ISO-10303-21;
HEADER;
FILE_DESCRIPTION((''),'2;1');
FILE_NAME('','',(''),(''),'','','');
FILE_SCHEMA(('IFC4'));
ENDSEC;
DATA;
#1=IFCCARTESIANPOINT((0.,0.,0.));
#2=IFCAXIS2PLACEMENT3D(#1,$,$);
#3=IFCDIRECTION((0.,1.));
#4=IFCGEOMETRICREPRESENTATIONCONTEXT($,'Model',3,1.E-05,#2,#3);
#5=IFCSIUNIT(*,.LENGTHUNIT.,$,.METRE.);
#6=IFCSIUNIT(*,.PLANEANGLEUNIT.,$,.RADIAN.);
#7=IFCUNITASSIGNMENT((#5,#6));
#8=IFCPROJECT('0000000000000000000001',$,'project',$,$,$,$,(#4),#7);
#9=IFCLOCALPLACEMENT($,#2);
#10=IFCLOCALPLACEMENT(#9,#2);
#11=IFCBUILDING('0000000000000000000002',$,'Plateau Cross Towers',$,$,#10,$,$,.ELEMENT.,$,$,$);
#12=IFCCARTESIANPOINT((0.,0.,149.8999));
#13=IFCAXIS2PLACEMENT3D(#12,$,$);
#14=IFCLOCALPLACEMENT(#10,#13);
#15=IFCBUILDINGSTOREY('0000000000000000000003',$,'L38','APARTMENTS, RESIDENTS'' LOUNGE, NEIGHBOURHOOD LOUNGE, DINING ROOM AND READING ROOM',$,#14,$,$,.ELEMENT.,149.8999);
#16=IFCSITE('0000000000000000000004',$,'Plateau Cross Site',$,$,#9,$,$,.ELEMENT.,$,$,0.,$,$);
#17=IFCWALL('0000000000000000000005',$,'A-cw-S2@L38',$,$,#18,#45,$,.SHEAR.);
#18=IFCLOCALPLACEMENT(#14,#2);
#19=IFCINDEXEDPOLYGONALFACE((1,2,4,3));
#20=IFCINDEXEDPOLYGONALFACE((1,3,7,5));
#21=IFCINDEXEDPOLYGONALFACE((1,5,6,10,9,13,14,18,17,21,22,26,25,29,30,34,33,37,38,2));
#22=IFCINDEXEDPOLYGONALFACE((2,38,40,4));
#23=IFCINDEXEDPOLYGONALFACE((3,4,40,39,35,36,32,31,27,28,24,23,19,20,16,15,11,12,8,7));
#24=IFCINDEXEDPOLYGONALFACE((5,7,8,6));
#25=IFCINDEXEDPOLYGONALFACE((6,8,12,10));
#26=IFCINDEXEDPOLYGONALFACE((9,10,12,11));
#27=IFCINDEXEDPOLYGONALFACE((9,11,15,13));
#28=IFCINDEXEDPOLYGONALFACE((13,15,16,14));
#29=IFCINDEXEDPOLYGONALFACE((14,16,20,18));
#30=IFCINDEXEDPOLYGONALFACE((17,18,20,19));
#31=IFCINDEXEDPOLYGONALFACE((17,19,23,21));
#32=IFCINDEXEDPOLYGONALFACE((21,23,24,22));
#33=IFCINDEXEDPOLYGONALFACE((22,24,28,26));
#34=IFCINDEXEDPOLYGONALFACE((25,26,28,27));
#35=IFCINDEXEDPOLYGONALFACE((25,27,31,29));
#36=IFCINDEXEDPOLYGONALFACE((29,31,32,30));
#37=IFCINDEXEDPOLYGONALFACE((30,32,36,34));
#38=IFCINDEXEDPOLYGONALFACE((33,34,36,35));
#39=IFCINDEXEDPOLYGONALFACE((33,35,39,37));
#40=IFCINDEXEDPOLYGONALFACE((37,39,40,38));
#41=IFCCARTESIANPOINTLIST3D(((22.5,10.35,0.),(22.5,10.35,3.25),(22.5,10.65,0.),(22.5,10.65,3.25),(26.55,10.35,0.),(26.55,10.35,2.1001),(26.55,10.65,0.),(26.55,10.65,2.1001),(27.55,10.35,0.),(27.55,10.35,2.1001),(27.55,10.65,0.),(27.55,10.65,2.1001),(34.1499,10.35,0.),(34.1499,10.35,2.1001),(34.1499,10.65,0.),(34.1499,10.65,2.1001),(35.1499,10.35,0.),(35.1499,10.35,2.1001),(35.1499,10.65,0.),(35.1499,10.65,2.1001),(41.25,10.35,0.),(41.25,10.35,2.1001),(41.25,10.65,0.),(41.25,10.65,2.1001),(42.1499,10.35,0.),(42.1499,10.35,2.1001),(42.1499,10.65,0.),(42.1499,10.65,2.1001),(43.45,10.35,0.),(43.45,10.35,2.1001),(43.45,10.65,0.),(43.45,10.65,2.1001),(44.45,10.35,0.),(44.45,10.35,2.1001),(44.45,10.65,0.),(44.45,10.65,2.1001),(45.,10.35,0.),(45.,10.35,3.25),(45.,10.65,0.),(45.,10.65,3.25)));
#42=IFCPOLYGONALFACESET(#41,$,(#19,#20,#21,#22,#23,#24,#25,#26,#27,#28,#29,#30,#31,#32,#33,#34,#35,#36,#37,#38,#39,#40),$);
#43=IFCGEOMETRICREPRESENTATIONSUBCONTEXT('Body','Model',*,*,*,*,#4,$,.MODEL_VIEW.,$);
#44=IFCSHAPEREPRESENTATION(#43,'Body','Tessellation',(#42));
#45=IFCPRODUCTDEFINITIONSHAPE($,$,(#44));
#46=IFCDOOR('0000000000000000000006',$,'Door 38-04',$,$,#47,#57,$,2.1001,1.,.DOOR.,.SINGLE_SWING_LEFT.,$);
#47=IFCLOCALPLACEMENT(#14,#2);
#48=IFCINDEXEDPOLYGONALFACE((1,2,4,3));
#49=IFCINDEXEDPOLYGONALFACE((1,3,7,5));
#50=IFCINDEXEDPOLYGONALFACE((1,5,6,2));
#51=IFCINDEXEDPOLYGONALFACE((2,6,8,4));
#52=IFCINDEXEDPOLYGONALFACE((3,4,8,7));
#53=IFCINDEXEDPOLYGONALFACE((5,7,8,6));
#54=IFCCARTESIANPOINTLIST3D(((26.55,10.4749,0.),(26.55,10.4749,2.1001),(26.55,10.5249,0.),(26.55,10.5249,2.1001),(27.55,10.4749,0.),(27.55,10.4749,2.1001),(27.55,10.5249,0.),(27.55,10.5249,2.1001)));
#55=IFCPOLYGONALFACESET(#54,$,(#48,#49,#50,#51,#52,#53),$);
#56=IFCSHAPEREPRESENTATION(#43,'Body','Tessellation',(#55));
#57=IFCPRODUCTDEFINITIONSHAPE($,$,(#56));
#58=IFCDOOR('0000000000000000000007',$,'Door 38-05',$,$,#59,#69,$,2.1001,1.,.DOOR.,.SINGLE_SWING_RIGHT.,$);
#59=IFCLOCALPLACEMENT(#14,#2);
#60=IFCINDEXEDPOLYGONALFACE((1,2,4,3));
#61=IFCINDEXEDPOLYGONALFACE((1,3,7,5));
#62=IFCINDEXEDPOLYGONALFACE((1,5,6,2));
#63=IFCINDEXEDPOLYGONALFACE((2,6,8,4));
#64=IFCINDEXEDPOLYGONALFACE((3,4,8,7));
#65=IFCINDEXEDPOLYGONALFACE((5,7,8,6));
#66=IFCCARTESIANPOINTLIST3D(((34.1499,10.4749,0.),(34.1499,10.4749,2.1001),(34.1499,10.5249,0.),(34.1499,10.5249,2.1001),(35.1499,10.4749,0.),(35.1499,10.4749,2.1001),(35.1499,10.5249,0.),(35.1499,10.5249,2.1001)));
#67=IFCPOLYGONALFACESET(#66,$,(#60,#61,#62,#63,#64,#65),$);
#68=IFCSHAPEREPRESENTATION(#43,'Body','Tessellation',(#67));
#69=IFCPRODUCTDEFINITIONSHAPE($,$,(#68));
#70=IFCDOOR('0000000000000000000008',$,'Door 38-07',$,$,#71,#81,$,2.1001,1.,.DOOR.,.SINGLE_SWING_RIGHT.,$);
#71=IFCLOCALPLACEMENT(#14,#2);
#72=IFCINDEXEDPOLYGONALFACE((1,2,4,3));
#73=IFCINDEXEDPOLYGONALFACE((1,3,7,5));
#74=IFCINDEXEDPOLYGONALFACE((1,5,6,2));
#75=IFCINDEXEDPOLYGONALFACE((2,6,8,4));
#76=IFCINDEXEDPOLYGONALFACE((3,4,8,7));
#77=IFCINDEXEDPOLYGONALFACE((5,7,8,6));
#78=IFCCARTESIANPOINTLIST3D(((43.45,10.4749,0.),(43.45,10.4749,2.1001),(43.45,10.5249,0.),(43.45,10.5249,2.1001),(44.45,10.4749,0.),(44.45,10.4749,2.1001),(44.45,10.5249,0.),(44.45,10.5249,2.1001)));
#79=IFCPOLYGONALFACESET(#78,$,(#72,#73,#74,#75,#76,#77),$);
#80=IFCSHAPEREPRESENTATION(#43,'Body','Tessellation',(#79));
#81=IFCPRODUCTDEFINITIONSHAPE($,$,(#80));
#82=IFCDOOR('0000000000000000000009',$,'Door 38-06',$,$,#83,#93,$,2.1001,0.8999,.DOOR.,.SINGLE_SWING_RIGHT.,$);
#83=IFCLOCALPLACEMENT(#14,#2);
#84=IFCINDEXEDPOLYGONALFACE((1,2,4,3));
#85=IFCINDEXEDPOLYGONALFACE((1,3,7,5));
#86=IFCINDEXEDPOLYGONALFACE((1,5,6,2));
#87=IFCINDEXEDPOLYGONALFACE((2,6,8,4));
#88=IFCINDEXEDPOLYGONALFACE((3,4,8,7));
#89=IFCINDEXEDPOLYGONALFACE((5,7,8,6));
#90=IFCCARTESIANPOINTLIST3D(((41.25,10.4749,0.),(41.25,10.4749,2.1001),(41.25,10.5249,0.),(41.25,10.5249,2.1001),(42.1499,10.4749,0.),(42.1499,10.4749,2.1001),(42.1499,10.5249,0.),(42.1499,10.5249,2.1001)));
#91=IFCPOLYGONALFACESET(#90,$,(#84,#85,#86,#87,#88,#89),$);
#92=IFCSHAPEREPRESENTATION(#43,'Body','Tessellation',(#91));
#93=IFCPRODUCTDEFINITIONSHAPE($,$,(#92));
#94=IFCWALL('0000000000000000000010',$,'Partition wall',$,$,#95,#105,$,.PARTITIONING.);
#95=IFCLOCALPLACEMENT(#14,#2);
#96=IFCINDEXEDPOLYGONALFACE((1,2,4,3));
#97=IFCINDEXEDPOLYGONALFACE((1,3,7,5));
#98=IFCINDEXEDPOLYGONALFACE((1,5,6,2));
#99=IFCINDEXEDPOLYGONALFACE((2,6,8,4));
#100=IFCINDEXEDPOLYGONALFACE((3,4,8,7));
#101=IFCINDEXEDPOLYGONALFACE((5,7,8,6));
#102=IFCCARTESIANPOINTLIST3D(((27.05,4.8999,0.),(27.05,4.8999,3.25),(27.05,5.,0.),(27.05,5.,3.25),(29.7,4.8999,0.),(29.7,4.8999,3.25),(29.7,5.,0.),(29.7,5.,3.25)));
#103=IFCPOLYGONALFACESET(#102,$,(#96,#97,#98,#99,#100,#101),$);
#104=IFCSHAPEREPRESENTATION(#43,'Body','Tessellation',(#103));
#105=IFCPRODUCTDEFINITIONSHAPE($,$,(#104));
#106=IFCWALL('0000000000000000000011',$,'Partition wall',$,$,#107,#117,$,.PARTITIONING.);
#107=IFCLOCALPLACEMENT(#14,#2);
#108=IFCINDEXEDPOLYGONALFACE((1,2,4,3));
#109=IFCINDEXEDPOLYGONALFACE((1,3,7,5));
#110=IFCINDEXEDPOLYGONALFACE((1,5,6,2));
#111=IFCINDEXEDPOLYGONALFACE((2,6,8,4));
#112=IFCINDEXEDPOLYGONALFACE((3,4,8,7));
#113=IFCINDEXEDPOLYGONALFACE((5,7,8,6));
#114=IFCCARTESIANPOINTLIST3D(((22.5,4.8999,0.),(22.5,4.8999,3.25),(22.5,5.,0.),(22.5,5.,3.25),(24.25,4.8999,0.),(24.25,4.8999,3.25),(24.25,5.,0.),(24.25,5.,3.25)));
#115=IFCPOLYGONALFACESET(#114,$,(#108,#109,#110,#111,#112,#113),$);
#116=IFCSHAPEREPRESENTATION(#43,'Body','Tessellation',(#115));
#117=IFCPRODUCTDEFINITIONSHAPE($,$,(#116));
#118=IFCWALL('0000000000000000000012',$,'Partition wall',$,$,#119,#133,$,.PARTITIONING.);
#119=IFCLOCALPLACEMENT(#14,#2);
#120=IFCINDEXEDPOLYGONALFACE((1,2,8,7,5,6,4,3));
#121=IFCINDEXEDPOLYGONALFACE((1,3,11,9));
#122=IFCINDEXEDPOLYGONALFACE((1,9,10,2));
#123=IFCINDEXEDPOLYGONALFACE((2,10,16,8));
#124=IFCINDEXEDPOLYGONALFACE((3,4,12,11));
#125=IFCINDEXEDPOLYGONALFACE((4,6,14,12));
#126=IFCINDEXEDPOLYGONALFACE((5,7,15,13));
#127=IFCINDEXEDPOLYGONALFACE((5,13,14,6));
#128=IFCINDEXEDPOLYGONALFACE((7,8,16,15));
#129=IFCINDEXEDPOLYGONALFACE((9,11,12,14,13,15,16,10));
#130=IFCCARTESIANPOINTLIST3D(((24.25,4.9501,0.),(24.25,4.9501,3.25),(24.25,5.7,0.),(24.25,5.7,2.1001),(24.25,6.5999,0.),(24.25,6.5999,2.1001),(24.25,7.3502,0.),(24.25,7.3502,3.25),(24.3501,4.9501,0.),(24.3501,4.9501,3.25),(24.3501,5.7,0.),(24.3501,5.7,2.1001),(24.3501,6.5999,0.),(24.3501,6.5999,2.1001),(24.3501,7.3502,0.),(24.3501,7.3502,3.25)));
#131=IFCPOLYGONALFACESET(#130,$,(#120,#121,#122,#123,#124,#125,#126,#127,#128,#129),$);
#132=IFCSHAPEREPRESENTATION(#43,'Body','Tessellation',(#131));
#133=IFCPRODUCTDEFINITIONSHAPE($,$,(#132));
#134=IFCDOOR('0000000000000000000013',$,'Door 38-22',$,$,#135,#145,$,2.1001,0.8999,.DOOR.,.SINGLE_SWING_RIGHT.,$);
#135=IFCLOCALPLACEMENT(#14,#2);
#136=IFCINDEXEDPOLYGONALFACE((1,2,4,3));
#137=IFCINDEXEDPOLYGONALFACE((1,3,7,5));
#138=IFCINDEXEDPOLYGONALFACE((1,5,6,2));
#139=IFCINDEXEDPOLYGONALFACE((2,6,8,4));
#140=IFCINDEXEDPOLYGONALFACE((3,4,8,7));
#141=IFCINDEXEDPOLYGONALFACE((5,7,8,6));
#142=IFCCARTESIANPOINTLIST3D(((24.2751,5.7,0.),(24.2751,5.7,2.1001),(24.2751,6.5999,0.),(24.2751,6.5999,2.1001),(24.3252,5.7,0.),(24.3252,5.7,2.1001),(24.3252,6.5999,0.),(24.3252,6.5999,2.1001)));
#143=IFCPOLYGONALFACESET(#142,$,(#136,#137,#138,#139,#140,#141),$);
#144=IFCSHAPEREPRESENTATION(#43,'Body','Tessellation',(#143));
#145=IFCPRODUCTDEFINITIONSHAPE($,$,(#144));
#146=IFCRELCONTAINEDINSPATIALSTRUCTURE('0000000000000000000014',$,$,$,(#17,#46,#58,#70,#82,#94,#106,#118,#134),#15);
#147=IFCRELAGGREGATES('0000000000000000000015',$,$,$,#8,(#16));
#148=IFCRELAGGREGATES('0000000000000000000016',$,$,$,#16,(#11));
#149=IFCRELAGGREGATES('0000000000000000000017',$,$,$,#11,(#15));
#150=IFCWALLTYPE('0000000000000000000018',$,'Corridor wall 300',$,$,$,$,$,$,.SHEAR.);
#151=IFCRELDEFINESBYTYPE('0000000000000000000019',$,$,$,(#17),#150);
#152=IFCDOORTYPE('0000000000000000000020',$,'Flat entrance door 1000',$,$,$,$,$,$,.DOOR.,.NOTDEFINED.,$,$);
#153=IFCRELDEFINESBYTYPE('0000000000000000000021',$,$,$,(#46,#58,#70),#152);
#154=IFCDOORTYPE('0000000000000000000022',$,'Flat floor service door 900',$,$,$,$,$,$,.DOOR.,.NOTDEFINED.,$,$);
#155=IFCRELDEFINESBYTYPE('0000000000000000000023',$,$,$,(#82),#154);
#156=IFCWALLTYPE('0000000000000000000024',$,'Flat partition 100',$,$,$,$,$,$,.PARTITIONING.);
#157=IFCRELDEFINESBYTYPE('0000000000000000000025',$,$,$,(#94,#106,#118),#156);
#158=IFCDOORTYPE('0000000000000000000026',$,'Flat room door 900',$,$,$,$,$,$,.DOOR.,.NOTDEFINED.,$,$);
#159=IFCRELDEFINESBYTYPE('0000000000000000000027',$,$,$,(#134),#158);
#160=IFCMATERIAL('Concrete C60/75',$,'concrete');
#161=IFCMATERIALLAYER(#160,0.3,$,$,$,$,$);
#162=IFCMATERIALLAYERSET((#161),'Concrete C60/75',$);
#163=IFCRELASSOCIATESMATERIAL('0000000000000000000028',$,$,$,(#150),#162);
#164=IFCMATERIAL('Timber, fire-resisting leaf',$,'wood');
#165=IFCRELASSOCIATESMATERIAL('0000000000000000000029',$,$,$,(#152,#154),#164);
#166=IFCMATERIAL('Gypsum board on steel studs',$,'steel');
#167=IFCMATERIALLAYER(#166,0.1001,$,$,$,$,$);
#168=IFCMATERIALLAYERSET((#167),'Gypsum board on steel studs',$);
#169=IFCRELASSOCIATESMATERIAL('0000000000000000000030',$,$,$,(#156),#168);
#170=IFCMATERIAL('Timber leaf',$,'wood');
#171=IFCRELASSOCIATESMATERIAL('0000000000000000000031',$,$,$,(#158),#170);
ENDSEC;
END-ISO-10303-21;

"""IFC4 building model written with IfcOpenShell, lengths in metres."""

from ifc_helpers import new_model, si_unit, direction, frame, frame_2d, origin, place, context, subcontext, project, spatial, rectangle, extrude, material, layer, layer_set, type_object, element, fill, save


model = new_model("IFC4")

# Units and contexts
model_context = context("Model", 3, precision=1e-05, world=origin(), true_north=direction((0.0, 1.0)))
body_context = subcontext(model_context, "Body", "Model", "MODEL_VIEW")
ifc_project = project(units=[si_unit("LENGTHUNIT", "METRE"), si_unit("PLANEANGLEUNIT", "RADIAN")], contexts=[model_context])

# Site, building, storey
site_placement = place(None, origin())
site = spatial("IfcSite", under=ifc_project, at=site_placement, Name="Plateau Cross Site", CompositionType="ELEMENT", RefElevation=0.0)
building_placement = place(site_placement, origin())
building = spatial("IfcBuilding", under=site, at=building_placement, Name="Plateau Cross Towers", CompositionType="ELEMENT")
storey_placement = place(building_placement, frame((0.0, 0.0, 149.8999)))
storey = spatial("IfcBuildingStorey", under=building, at=storey_placement, Name="L38", Description="APARTMENTS, RESIDENTS' LOUNGE, NEIGHBOURHOOD LOUNGE, DINING ROOM AND READING ROOM", CompositionType="ELEMENT", Elevation=149.8999)

# Shared definitions
ifc_material_1 = material(Name="Concrete C60/75", Category="concrete")

# Wall, openings, doors
ifc_layer_1 = layer(ifc_material_1, 0.3)
ifc_layer_set_1 = layer_set([ifc_layer_1], Name="Concrete C60/75")
wall_type_1 = type_object("IfcWallType", Name="Corridor wall 300", PredefinedType="SHEAR", material=ifc_layer_set_1)
ifc_material_2 = material(Name="Timber, fire-resisting leaf", Category="wood")
door_type_1 = type_object("IfcDoorType", Name="Flat entrance door 1000", OperationType="NOTDEFINED", PredefinedType="DOOR", material=ifc_material_2)
wall_1_placement = place(storey_placement, frame((22.5, 10.5, 0.0), z_axis=(0.0, 0.0, 1.0), x_axis=(1.0, 0.0, 0.0)))
wall_1 = element("IfcWall", 1, at=wall_1_placement, inside=storey, type_object=wall_type_1, Name="A-cw-S2@L38", PredefinedType="SHEAR", context=body_context, shape_type="SweptSolid", body=[
    extrude(rectangle(XDim=22.5, YDim=0.3, at=frame_2d((11.25, 0.0))), origin(), (0.0, 0.0, 1.0), 3.25),
])
opening_1_placement = place(wall_1_placement, frame((4.05, 0.0, 0.0)))
opening_1 = element("IfcOpeningElement", 2, at=opening_1_placement, cuts=wall_1, PredefinedType="OPENING", context=body_context, shape_type="SweptSolid", body=[
    extrude(rectangle(XDim=1.0, YDim=2.1001, at=frame_2d((0.5, 1.05))), frame((0.0, 0.1599, 0.0), z_axis=(0.0, -1.0, 0.0), x_axis=(1.0, 0.0, 0.0)), (0.0, 0.0, 1.0), 0.3201),
])
opening_2_placement = place(wall_1_placement, frame((11.6499, 0.0, 0.0)))
opening_2 = element("IfcOpeningElement", 3, at=opening_2_placement, cuts=wall_1, PredefinedType="OPENING", context=body_context, shape_type="SweptSolid", body=[
    extrude(rectangle(XDim=1.0, YDim=2.1001, at=frame_2d((0.5, 1.05))), frame((0.0, 0.1599, 0.0), z_axis=(0.0, -1.0, 0.0), x_axis=(1.0, 0.0, 0.0)), (0.0, 0.0, 1.0), 0.3201),
])
opening_3_placement = place(wall_1_placement, frame((18.75, 0.0, 0.0)))
opening_3 = element("IfcOpeningElement", 4, at=opening_3_placement, cuts=wall_1, PredefinedType="OPENING", context=body_context, shape_type="SweptSolid", body=[
    extrude(rectangle(XDim=0.8999, YDim=2.1001, at=frame_2d((0.45, 1.05))), frame((0.0, 0.1599, 0.0), z_axis=(0.0, -1.0, 0.0), x_axis=(1.0, 0.0, 0.0)), (0.0, 0.0, 1.0), 0.3201),
])
opening_4_placement = place(wall_1_placement, frame((20.95, 0.0, 0.0)))
opening_4 = element("IfcOpeningElement", 5, at=opening_4_placement, cuts=wall_1, PredefinedType="OPENING", context=body_context, shape_type="SweptSolid", body=[
    extrude(rectangle(XDim=1.0, YDim=2.1001, at=frame_2d((0.5, 1.05))), frame((0.0, 0.1599, 0.0), z_axis=(0.0, -1.0, 0.0), x_axis=(1.0, 0.0, 0.0)), (0.0, 0.0, 1.0), 0.3201),
])
door_1_placement = place(opening_1_placement, origin())
door_1 = element("IfcDoor", 6, at=door_1_placement, inside=storey, type_object=door_type_1, Name="Door 38-04", OperationType="SINGLE_SWING_LEFT", OverallHeight=2.1001, OverallWidth=1.0, PredefinedType="DOOR", context=body_context, shape_type="SweptSolid", body=[
    extrude(rectangle(XDim=1.0, YDim=2.1001, at=frame_2d((0.5, 1.05))), frame((0.0, 0.0249, 0.0), z_axis=(0.0, -1.0, 0.0), x_axis=(1.0, 0.0, 0.0)), (0.0, 0.0, 1.0), 0.05),
])
fill(opening_1, door_1)
door_2_placement = place(opening_2_placement, origin())
door_2 = element("IfcDoor", 7, at=door_2_placement, inside=storey, type_object=door_type_1, Name="Door 38-05", OperationType="SINGLE_SWING_RIGHT", OverallHeight=2.1001, OverallWidth=1.0, PredefinedType="DOOR", context=body_context, shape_type="SweptSolid", body=[
    extrude(rectangle(XDim=1.0, YDim=2.1001, at=frame_2d((0.5, 1.05))), frame((0.0, 0.0249, 0.0), z_axis=(0.0, -1.0, 0.0), x_axis=(1.0, 0.0, 0.0)), (0.0, 0.0, 1.0), 0.05),
])
fill(opening_2, door_2)
door_3_placement = place(opening_4_placement, origin())
door_3 = element("IfcDoor", 8, at=door_3_placement, inside=storey, type_object=door_type_1, Name="Door 38-07", OperationType="SINGLE_SWING_RIGHT", OverallHeight=2.1001, OverallWidth=1.0, PredefinedType="DOOR", context=body_context, shape_type="SweptSolid", body=[
    extrude(rectangle(XDim=1.0, YDim=2.1001, at=frame_2d((0.5, 1.05))), frame((0.0, 0.0249, 0.0), z_axis=(0.0, -1.0, 0.0), x_axis=(1.0, 0.0, 0.0)), (0.0, 0.0, 1.0), 0.05),
])
fill(opening_4, door_3)
door_type_2 = type_object("IfcDoorType", Name="Flat floor service door 900", OperationType="NOTDEFINED", PredefinedType="DOOR", material=ifc_material_2)
door_4_placement = place(opening_3_placement, origin())
door_4 = element("IfcDoor", 9, at=door_4_placement, inside=storey, type_object=door_type_2, Name="Door 38-06", OperationType="SINGLE_SWING_RIGHT", OverallHeight=2.1001, OverallWidth=0.8999, PredefinedType="DOOR", context=body_context, shape_type="SweptSolid", body=[
    extrude(rectangle(XDim=0.8999, YDim=2.1001, at=frame_2d((0.45, 1.05))), frame((0.0, 0.0249, 0.0), z_axis=(0.0, -1.0, 0.0), x_axis=(1.0, 0.0, 0.0)), (0.0, 0.0, 1.0), 0.05),
])
fill(opening_3, door_4)

# Walls
ifc_material_3 = material(Name="Gypsum board on steel studs", Category="steel")
ifc_layer_2 = layer(ifc_material_3, 0.1001)
ifc_layer_set_2 = layer_set([ifc_layer_2], Name="Gypsum board on steel studs")
wall_type_2 = type_object("IfcWallType", Name="Flat partition 100", PredefinedType="PARTITIONING", material=ifc_layer_set_2)
wall_2_placement = place(storey_placement, frame((29.7, 4.95, 0.0), z_axis=(0.0, 0.0, 1.0), x_axis=(-1.0, 0.0, 0.0)))
element("IfcWall", 10, at=wall_2_placement, inside=storey, type_object=wall_type_2, Name="Partition wall", PredefinedType="PARTITIONING", context=body_context, shape_type="SweptSolid", body=[
    extrude(rectangle(XDim=2.6499, YDim=0.1001, at=frame_2d((1.325, 0.0))), origin(), (0.0, 0.0, 1.0), 3.25),
])
wall_3_placement = place(storey_placement, frame((22.5, 4.95, 0.0), z_axis=(0.0, 0.0, 1.0), x_axis=(1.0, 0.0, 0.0)))
element("IfcWall", 11, at=wall_3_placement, inside=storey, type_object=wall_type_2, Name="Partition wall", PredefinedType="PARTITIONING", context=body_context, shape_type="SweptSolid", body=[
    extrude(rectangle(XDim=1.75, YDim=0.1001, at=frame_2d((0.875, 0.0))), origin(), (0.0, 0.0, 1.0), 3.25),
])

# Wall, opening, door
wall_4_placement = place(storey_placement, frame((24.3, 4.95, 0.0), z_axis=(0.0, 0.0, 1.0), x_axis=(0.0, 1.0, 0.0)))
wall_4 = element("IfcWall", 12, at=wall_4_placement, inside=storey, type_object=wall_type_2, Name="Partition wall", PredefinedType="PARTITIONING", context=body_context, shape_type="SweptSolid", body=[
    extrude(rectangle(XDim=2.4001, YDim=0.1001, at=frame_2d((1.2002, 0.0))), origin(), (0.0, 0.0, 1.0), 3.25),
])
opening_5_placement = place(wall_4_placement, frame((0.75, 0.0, 0.0)))
opening_5 = element("IfcOpeningElement", 13, at=opening_5_placement, cuts=wall_4, PredefinedType="OPENING", context=body_context, shape_type="SweptSolid", body=[
    extrude(rectangle(XDim=0.8999, YDim=2.1001, at=frame_2d((0.45, 1.05))), frame((0.0, 0.0601, 0.0), z_axis=(0.0, -1.0, 0.0), x_axis=(1.0, 0.0, 0.0)), (0.0, 0.0, 1.0), 0.1201),
])
ifc_material_4 = material(Name="Timber leaf", Category="wood")
door_type_3 = type_object("IfcDoorType", Name="Flat room door 900", OperationType="NOTDEFINED", PredefinedType="DOOR", material=ifc_material_4)
door_5_placement = place(opening_5_placement, origin())
door_5 = element("IfcDoor", 14, at=door_5_placement, inside=storey, type_object=door_type_3, Name="Door 38-22", OperationType="SINGLE_SWING_RIGHT", OverallHeight=2.1001, OverallWidth=0.8999, PredefinedType="DOOR", context=body_context, shape_type="SweptSolid", body=[
    extrude(rectangle(XDim=0.8999, YDim=2.1001, at=frame_2d((0.45, 1.05))), frame((0.0, 0.0249, 0.0), z_axis=(0.0, -1.0, 0.0), x_axis=(1.0, 0.0, 0.0)), (0.0, 0.0, 1.0), 0.05),
])
fill(opening_5, door_5)

save(model, "model.ifc")
